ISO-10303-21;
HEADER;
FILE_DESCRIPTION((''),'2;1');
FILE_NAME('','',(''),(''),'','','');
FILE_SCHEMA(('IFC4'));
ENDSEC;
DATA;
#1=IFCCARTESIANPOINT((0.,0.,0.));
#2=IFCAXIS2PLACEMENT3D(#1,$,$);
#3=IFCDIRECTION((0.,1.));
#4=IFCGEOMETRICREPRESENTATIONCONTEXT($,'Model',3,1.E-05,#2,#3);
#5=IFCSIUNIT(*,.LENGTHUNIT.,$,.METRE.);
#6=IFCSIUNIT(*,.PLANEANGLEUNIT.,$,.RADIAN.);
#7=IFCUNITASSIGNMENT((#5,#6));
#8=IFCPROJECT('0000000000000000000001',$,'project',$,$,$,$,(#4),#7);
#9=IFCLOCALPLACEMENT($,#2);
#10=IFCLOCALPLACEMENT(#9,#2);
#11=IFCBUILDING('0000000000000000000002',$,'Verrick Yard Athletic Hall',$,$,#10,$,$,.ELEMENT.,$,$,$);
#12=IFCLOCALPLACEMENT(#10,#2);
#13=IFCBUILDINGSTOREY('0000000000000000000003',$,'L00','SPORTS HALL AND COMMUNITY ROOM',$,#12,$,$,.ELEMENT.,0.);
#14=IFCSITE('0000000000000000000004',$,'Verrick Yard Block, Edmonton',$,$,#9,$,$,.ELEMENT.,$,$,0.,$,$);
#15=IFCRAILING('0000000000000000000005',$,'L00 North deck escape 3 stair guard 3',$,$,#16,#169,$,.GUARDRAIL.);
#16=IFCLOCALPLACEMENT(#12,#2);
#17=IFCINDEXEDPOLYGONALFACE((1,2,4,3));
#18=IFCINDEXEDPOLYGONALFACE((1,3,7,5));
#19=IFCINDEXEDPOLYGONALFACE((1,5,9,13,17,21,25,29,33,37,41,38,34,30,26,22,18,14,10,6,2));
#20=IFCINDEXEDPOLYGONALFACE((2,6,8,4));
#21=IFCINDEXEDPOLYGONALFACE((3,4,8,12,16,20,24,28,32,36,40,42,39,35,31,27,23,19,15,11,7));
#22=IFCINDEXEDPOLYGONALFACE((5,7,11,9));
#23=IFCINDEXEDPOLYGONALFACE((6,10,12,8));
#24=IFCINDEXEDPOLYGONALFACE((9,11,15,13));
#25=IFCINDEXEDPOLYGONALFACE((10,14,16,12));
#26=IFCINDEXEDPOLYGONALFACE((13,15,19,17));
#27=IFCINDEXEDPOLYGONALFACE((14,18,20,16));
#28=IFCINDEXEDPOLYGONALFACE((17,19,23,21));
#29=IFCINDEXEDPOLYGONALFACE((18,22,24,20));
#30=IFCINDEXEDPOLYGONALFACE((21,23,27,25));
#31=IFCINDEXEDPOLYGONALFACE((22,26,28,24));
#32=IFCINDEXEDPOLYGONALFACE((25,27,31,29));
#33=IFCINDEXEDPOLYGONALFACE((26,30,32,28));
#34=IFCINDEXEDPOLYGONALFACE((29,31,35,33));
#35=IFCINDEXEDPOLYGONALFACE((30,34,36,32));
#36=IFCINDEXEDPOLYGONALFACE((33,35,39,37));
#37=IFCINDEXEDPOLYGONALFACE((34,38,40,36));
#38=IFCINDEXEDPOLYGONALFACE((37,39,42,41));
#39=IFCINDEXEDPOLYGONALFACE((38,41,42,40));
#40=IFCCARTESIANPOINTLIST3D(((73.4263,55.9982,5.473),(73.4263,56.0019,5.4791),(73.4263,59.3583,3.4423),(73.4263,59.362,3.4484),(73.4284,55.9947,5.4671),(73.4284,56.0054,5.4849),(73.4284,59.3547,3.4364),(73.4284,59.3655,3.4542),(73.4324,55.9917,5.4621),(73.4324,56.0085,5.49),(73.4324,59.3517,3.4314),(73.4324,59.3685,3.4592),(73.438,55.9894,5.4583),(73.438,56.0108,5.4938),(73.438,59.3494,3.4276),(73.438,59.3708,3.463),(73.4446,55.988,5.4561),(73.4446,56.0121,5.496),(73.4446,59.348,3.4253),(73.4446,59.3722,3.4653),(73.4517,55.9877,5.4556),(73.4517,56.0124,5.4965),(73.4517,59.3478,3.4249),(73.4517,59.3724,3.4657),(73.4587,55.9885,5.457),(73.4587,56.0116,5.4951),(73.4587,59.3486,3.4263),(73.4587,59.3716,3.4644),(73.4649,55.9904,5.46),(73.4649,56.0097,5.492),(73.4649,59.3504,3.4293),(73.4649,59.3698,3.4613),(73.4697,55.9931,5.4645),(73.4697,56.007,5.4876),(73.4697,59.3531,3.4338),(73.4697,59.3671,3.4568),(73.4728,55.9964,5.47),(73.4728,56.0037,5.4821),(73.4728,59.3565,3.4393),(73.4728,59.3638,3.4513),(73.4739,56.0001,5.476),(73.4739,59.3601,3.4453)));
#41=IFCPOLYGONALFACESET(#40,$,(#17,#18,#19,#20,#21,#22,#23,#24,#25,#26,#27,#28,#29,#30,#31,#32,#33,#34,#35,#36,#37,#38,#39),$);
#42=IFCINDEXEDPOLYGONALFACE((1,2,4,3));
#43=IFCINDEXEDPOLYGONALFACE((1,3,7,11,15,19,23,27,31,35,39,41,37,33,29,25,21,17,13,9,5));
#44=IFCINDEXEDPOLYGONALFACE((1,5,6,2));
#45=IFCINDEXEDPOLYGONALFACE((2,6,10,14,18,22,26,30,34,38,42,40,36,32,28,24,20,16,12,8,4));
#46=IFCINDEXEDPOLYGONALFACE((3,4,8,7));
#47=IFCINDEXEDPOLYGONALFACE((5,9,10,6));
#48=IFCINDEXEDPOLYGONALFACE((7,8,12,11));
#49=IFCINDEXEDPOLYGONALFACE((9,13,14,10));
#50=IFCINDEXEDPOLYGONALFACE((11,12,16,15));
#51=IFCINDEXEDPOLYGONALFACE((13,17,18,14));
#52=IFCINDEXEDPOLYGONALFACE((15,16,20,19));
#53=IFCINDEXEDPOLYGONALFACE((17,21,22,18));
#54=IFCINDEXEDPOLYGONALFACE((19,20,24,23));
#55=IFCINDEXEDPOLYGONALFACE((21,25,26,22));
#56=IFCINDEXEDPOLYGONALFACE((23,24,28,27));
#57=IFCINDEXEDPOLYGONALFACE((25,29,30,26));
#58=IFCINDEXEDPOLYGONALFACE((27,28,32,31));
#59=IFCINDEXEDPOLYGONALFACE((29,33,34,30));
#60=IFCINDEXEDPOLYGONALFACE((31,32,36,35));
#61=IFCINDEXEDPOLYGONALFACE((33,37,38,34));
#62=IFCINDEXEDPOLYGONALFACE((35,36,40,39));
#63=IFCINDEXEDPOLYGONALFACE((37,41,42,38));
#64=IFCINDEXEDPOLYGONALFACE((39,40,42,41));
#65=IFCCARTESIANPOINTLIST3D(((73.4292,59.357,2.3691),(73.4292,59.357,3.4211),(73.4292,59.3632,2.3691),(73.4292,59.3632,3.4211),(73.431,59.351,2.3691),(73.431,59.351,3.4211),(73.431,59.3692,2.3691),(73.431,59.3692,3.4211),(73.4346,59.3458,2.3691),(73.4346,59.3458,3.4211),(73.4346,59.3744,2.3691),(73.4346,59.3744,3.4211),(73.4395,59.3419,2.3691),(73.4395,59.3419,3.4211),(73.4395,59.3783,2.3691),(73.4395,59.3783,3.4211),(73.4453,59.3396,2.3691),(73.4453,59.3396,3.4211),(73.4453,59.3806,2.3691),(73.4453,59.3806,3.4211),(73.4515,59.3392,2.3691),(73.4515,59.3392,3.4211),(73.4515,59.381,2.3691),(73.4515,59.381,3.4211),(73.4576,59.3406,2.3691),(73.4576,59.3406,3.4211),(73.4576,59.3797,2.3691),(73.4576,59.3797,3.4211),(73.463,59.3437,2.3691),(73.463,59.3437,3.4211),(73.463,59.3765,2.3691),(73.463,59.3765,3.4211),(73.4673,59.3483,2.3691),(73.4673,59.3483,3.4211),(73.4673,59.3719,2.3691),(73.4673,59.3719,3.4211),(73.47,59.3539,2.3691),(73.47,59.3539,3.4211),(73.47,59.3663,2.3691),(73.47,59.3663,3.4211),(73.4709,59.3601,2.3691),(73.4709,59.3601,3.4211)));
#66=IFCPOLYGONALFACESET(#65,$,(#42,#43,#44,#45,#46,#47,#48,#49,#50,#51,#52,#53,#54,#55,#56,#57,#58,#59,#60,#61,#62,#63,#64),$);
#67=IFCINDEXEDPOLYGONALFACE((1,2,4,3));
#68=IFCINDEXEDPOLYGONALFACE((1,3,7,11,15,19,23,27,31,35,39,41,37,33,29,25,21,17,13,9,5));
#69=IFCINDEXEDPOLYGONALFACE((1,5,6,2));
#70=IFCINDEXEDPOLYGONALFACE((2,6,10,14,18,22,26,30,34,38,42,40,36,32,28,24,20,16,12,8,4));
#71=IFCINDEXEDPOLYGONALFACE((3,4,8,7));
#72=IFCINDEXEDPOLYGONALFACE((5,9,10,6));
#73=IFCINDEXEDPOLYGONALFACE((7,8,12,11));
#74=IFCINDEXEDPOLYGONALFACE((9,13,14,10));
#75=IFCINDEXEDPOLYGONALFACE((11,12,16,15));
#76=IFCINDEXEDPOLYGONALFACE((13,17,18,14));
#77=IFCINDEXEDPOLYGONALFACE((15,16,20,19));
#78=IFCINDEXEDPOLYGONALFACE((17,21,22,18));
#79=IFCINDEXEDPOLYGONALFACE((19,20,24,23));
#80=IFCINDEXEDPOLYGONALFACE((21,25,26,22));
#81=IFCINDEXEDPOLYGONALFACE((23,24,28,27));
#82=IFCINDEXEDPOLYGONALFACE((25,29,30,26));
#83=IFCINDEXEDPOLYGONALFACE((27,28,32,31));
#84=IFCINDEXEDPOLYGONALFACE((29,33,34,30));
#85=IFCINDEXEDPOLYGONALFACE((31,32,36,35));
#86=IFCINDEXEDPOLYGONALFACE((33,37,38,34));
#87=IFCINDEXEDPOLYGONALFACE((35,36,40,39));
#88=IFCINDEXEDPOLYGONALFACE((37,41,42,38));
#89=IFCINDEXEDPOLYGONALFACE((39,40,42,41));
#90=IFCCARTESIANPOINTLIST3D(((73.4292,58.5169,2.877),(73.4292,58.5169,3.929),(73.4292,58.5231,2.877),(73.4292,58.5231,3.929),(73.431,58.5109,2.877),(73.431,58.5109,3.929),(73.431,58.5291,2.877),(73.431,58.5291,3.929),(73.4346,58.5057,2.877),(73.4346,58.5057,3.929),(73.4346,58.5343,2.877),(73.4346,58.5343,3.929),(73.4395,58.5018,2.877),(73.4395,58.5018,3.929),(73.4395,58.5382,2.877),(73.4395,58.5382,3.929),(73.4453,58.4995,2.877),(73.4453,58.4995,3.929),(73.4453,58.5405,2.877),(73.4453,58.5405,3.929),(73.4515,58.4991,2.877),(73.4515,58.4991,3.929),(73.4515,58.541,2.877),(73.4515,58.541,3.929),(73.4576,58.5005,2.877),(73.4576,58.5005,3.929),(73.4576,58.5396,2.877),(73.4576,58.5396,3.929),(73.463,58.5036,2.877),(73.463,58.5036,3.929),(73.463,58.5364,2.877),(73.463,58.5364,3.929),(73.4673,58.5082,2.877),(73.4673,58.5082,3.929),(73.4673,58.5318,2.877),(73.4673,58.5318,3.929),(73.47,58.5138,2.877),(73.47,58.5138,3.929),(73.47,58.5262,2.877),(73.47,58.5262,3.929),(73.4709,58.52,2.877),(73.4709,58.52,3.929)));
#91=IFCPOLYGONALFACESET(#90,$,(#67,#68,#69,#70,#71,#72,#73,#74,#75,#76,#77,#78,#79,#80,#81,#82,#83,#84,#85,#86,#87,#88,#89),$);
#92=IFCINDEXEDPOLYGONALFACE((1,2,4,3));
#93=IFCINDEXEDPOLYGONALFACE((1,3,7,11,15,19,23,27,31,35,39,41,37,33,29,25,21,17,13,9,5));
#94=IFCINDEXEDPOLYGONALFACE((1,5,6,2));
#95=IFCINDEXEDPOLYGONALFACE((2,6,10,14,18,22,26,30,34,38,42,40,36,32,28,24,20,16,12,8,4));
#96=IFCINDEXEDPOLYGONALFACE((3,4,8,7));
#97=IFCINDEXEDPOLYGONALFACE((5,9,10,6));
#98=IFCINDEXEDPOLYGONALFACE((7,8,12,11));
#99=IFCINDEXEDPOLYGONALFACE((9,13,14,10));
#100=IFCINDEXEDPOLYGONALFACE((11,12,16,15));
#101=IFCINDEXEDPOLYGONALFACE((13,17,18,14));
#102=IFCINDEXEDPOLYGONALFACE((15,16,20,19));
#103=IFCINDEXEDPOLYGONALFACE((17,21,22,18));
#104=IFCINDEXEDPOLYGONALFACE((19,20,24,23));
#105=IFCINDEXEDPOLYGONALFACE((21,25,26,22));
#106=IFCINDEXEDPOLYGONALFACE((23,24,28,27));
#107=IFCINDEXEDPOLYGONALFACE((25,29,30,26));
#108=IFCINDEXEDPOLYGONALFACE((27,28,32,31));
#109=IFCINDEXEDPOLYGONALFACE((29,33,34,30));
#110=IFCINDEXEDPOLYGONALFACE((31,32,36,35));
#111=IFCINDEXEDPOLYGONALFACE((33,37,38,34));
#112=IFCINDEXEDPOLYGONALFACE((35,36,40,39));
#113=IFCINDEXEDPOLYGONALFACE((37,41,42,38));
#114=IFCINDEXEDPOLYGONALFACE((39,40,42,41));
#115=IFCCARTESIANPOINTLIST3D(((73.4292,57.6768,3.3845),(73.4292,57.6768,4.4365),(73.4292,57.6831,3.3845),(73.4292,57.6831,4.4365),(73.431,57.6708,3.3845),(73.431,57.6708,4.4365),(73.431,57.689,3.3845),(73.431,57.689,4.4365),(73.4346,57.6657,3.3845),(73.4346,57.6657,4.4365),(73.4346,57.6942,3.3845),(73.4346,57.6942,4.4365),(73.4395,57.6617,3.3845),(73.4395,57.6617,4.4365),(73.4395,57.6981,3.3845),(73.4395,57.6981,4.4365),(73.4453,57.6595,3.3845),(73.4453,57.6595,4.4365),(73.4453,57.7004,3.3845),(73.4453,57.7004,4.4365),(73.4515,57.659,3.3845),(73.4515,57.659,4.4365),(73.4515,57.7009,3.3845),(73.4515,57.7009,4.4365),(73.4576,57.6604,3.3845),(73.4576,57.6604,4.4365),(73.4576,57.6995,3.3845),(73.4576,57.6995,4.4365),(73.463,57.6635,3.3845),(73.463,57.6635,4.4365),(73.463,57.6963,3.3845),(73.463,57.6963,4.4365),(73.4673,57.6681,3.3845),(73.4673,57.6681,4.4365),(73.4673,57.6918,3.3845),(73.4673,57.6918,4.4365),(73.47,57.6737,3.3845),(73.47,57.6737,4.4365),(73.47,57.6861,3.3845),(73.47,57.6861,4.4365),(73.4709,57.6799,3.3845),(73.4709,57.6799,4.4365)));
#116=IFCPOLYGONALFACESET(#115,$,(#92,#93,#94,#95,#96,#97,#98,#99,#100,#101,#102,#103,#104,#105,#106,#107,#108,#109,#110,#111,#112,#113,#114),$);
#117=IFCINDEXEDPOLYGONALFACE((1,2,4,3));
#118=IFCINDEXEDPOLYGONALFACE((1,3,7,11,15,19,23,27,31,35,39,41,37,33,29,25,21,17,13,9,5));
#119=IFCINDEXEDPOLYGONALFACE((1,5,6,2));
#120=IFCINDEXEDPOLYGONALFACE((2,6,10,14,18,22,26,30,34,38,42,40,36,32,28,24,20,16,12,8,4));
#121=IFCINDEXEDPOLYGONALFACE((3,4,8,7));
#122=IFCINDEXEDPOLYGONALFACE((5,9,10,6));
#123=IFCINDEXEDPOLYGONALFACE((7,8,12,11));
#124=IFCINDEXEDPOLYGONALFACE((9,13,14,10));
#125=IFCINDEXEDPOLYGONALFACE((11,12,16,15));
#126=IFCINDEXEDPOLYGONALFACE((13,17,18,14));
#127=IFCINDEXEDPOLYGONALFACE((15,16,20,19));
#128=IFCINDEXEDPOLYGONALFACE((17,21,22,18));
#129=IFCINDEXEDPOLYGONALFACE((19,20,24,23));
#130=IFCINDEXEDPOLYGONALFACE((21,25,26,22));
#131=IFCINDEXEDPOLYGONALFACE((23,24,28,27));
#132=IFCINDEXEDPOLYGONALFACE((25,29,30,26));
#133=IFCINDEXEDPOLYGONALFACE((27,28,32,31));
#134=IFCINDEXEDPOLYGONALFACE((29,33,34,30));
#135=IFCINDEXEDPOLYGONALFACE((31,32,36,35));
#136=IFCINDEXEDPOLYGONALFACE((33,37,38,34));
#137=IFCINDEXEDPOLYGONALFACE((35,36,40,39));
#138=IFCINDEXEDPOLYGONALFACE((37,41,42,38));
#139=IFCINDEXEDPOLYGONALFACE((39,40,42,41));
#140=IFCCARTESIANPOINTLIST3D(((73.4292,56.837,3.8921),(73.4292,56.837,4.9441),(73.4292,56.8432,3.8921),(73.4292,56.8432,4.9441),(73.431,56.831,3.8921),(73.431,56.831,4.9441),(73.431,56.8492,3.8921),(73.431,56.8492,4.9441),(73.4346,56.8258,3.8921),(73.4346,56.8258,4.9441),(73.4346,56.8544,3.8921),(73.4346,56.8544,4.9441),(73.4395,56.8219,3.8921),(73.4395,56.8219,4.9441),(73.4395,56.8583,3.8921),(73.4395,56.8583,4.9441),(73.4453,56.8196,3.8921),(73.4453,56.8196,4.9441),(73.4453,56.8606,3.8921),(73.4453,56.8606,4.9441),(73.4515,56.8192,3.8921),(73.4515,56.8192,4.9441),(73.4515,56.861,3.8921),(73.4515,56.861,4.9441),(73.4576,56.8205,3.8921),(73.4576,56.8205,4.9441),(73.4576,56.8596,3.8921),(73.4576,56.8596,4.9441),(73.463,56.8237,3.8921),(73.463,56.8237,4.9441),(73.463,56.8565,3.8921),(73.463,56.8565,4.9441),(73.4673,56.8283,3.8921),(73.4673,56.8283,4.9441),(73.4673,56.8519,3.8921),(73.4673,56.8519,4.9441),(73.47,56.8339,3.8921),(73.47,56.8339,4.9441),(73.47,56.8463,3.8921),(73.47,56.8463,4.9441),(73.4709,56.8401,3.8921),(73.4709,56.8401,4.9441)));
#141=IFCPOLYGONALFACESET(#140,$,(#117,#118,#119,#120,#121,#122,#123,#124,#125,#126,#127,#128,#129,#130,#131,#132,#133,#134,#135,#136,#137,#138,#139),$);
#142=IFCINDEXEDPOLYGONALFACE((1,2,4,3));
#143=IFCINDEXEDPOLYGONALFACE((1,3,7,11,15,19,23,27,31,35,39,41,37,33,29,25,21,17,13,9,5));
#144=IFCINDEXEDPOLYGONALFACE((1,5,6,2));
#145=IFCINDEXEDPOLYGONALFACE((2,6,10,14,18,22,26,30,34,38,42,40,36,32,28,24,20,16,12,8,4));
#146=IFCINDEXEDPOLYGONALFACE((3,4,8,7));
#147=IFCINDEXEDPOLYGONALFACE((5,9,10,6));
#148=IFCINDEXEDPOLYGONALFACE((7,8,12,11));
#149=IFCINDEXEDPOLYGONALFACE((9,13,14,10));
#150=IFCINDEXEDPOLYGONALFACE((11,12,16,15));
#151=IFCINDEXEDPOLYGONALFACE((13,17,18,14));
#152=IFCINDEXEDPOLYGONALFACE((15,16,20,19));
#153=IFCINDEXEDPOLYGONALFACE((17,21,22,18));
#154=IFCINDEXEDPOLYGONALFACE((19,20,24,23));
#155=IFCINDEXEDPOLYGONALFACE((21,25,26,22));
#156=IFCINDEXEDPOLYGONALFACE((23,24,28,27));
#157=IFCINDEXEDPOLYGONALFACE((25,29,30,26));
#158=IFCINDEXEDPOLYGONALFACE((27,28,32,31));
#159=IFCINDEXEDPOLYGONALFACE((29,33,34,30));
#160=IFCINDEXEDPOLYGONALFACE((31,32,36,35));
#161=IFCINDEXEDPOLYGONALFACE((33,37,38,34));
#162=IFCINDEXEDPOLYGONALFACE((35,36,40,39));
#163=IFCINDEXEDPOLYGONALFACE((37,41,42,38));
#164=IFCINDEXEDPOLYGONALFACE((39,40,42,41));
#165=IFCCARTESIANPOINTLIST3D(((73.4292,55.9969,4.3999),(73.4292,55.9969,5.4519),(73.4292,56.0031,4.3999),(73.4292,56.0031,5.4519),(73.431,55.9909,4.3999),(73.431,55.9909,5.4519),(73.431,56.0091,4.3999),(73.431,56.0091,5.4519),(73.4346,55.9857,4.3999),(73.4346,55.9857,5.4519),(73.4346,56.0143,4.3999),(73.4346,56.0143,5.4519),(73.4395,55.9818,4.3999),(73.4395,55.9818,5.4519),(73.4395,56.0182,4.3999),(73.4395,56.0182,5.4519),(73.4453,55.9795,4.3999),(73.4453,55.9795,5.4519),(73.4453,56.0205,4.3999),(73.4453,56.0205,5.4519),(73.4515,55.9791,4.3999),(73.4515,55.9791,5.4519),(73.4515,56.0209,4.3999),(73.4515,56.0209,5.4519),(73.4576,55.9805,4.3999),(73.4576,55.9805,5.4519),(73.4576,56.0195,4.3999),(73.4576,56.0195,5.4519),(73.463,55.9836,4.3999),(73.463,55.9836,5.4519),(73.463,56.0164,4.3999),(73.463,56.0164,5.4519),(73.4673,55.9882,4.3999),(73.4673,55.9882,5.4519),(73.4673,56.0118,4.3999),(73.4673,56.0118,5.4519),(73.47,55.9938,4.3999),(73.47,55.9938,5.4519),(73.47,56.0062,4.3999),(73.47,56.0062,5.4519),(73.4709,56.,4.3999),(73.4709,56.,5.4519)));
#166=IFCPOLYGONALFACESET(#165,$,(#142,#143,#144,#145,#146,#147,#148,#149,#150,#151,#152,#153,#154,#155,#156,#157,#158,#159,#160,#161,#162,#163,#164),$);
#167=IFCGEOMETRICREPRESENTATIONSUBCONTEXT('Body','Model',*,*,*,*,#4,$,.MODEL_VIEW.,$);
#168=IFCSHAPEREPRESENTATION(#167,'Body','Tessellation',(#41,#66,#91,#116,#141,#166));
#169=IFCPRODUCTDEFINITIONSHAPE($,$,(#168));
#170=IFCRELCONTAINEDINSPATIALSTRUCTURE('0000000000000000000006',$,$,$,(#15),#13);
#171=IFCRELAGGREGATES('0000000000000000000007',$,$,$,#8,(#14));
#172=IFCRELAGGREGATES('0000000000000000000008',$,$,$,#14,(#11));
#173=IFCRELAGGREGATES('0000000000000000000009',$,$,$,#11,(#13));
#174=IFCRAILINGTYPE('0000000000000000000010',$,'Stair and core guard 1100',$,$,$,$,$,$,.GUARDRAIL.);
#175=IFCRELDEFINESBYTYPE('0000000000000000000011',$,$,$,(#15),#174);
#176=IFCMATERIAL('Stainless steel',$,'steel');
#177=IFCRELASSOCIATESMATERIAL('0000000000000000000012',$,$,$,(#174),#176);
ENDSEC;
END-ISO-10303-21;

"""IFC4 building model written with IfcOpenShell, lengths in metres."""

from ifc_helpers import new_model, si_unit, direction, frame, origin, origin_2d, place, context, subcontext, project, spatial, circle, extrude, material, type_object, element, save


model = new_model("IFC4")

# Units and contexts
model_context = context("Model", 3, precision=1e-05, world=origin(), true_north=direction((0.0, 1.0)))
body_context = subcontext(model_context, "Body", "Model", "MODEL_VIEW")
ifc_project = project(units=[si_unit("LENGTHUNIT", "METRE"), si_unit("PLANEANGLEUNIT", "RADIAN")], contexts=[model_context])

# Site, building, storey
site_placement = place(None, origin())
site = spatial("IfcSite", under=ifc_project, at=site_placement, Name="Verrick Yard Block, Edmonton", CompositionType="ELEMENT", RefElevation=0.0)
building_placement = place(site_placement, origin())
building = spatial("IfcBuilding", under=site, at=building_placement, Name="Verrick Yard Athletic Hall", CompositionType="ELEMENT")
storey_placement = place(building_placement, origin())
storey = spatial("IfcBuildingStorey", under=building, at=storey_placement, Name="L00", Description="SPORTS HALL AND COMMUNITY ROOM", CompositionType="ELEMENT", Elevation=0.0)

# Railing
ifc_material_1 = material(Name="Stainless steel", Category="steel")
railing_type_1 = type_object("IfcRailingType", Name="Stair and core guard 1100", PredefinedType="GUARDRAIL", material=ifc_material_1)
railing_1_placement = place(storey_placement, frame((73.45, 59.3601, 2.3691)))
element("IfcRailing", 1, at=railing_1_placement, inside=storey, type_object=railing_type_1, Name="L00 North deck escape 3 stair guard 3", PredefinedType="GUARDRAIL", context=body_context, shape_type="SweptSolid", body=[
    extrude(circle(Radius=0.0239, at=origin_2d()), frame((0.0, 0.0, 1.0762), z_axis=(0.0, -0.855837, 0.517246), x_axis=(1.0, 0.0, 0.0)), (0.0, 0.0, 1.0), 3.926),
    extrude(circle(Radius=0.021, at=origin_2d()), origin(), (0.0, 0.0, 1.0), 1.052),
    extrude(circle(Radius=0.021, at=origin_2d()), frame((0.0, -0.8401, 0.5078)), (0.0, 0.0, 1.0), 1.052),
    extrude(circle(Radius=0.021, at=origin_2d()), frame((0.0, -1.6802, 1.0154)), (0.0, 0.0, 1.0), 1.052),
    extrude(circle(Radius=0.021, at=origin_2d()), frame((0.0, -2.52, 1.5229)), (0.0, 0.0, 1.0), 1.052),
    extrude(circle(Radius=0.021, at=origin_2d()), frame((0.0, -3.3601, 2.0308)), (0.0, 0.0, 1.0), 1.052),
])

save(model, "model.ifc")
